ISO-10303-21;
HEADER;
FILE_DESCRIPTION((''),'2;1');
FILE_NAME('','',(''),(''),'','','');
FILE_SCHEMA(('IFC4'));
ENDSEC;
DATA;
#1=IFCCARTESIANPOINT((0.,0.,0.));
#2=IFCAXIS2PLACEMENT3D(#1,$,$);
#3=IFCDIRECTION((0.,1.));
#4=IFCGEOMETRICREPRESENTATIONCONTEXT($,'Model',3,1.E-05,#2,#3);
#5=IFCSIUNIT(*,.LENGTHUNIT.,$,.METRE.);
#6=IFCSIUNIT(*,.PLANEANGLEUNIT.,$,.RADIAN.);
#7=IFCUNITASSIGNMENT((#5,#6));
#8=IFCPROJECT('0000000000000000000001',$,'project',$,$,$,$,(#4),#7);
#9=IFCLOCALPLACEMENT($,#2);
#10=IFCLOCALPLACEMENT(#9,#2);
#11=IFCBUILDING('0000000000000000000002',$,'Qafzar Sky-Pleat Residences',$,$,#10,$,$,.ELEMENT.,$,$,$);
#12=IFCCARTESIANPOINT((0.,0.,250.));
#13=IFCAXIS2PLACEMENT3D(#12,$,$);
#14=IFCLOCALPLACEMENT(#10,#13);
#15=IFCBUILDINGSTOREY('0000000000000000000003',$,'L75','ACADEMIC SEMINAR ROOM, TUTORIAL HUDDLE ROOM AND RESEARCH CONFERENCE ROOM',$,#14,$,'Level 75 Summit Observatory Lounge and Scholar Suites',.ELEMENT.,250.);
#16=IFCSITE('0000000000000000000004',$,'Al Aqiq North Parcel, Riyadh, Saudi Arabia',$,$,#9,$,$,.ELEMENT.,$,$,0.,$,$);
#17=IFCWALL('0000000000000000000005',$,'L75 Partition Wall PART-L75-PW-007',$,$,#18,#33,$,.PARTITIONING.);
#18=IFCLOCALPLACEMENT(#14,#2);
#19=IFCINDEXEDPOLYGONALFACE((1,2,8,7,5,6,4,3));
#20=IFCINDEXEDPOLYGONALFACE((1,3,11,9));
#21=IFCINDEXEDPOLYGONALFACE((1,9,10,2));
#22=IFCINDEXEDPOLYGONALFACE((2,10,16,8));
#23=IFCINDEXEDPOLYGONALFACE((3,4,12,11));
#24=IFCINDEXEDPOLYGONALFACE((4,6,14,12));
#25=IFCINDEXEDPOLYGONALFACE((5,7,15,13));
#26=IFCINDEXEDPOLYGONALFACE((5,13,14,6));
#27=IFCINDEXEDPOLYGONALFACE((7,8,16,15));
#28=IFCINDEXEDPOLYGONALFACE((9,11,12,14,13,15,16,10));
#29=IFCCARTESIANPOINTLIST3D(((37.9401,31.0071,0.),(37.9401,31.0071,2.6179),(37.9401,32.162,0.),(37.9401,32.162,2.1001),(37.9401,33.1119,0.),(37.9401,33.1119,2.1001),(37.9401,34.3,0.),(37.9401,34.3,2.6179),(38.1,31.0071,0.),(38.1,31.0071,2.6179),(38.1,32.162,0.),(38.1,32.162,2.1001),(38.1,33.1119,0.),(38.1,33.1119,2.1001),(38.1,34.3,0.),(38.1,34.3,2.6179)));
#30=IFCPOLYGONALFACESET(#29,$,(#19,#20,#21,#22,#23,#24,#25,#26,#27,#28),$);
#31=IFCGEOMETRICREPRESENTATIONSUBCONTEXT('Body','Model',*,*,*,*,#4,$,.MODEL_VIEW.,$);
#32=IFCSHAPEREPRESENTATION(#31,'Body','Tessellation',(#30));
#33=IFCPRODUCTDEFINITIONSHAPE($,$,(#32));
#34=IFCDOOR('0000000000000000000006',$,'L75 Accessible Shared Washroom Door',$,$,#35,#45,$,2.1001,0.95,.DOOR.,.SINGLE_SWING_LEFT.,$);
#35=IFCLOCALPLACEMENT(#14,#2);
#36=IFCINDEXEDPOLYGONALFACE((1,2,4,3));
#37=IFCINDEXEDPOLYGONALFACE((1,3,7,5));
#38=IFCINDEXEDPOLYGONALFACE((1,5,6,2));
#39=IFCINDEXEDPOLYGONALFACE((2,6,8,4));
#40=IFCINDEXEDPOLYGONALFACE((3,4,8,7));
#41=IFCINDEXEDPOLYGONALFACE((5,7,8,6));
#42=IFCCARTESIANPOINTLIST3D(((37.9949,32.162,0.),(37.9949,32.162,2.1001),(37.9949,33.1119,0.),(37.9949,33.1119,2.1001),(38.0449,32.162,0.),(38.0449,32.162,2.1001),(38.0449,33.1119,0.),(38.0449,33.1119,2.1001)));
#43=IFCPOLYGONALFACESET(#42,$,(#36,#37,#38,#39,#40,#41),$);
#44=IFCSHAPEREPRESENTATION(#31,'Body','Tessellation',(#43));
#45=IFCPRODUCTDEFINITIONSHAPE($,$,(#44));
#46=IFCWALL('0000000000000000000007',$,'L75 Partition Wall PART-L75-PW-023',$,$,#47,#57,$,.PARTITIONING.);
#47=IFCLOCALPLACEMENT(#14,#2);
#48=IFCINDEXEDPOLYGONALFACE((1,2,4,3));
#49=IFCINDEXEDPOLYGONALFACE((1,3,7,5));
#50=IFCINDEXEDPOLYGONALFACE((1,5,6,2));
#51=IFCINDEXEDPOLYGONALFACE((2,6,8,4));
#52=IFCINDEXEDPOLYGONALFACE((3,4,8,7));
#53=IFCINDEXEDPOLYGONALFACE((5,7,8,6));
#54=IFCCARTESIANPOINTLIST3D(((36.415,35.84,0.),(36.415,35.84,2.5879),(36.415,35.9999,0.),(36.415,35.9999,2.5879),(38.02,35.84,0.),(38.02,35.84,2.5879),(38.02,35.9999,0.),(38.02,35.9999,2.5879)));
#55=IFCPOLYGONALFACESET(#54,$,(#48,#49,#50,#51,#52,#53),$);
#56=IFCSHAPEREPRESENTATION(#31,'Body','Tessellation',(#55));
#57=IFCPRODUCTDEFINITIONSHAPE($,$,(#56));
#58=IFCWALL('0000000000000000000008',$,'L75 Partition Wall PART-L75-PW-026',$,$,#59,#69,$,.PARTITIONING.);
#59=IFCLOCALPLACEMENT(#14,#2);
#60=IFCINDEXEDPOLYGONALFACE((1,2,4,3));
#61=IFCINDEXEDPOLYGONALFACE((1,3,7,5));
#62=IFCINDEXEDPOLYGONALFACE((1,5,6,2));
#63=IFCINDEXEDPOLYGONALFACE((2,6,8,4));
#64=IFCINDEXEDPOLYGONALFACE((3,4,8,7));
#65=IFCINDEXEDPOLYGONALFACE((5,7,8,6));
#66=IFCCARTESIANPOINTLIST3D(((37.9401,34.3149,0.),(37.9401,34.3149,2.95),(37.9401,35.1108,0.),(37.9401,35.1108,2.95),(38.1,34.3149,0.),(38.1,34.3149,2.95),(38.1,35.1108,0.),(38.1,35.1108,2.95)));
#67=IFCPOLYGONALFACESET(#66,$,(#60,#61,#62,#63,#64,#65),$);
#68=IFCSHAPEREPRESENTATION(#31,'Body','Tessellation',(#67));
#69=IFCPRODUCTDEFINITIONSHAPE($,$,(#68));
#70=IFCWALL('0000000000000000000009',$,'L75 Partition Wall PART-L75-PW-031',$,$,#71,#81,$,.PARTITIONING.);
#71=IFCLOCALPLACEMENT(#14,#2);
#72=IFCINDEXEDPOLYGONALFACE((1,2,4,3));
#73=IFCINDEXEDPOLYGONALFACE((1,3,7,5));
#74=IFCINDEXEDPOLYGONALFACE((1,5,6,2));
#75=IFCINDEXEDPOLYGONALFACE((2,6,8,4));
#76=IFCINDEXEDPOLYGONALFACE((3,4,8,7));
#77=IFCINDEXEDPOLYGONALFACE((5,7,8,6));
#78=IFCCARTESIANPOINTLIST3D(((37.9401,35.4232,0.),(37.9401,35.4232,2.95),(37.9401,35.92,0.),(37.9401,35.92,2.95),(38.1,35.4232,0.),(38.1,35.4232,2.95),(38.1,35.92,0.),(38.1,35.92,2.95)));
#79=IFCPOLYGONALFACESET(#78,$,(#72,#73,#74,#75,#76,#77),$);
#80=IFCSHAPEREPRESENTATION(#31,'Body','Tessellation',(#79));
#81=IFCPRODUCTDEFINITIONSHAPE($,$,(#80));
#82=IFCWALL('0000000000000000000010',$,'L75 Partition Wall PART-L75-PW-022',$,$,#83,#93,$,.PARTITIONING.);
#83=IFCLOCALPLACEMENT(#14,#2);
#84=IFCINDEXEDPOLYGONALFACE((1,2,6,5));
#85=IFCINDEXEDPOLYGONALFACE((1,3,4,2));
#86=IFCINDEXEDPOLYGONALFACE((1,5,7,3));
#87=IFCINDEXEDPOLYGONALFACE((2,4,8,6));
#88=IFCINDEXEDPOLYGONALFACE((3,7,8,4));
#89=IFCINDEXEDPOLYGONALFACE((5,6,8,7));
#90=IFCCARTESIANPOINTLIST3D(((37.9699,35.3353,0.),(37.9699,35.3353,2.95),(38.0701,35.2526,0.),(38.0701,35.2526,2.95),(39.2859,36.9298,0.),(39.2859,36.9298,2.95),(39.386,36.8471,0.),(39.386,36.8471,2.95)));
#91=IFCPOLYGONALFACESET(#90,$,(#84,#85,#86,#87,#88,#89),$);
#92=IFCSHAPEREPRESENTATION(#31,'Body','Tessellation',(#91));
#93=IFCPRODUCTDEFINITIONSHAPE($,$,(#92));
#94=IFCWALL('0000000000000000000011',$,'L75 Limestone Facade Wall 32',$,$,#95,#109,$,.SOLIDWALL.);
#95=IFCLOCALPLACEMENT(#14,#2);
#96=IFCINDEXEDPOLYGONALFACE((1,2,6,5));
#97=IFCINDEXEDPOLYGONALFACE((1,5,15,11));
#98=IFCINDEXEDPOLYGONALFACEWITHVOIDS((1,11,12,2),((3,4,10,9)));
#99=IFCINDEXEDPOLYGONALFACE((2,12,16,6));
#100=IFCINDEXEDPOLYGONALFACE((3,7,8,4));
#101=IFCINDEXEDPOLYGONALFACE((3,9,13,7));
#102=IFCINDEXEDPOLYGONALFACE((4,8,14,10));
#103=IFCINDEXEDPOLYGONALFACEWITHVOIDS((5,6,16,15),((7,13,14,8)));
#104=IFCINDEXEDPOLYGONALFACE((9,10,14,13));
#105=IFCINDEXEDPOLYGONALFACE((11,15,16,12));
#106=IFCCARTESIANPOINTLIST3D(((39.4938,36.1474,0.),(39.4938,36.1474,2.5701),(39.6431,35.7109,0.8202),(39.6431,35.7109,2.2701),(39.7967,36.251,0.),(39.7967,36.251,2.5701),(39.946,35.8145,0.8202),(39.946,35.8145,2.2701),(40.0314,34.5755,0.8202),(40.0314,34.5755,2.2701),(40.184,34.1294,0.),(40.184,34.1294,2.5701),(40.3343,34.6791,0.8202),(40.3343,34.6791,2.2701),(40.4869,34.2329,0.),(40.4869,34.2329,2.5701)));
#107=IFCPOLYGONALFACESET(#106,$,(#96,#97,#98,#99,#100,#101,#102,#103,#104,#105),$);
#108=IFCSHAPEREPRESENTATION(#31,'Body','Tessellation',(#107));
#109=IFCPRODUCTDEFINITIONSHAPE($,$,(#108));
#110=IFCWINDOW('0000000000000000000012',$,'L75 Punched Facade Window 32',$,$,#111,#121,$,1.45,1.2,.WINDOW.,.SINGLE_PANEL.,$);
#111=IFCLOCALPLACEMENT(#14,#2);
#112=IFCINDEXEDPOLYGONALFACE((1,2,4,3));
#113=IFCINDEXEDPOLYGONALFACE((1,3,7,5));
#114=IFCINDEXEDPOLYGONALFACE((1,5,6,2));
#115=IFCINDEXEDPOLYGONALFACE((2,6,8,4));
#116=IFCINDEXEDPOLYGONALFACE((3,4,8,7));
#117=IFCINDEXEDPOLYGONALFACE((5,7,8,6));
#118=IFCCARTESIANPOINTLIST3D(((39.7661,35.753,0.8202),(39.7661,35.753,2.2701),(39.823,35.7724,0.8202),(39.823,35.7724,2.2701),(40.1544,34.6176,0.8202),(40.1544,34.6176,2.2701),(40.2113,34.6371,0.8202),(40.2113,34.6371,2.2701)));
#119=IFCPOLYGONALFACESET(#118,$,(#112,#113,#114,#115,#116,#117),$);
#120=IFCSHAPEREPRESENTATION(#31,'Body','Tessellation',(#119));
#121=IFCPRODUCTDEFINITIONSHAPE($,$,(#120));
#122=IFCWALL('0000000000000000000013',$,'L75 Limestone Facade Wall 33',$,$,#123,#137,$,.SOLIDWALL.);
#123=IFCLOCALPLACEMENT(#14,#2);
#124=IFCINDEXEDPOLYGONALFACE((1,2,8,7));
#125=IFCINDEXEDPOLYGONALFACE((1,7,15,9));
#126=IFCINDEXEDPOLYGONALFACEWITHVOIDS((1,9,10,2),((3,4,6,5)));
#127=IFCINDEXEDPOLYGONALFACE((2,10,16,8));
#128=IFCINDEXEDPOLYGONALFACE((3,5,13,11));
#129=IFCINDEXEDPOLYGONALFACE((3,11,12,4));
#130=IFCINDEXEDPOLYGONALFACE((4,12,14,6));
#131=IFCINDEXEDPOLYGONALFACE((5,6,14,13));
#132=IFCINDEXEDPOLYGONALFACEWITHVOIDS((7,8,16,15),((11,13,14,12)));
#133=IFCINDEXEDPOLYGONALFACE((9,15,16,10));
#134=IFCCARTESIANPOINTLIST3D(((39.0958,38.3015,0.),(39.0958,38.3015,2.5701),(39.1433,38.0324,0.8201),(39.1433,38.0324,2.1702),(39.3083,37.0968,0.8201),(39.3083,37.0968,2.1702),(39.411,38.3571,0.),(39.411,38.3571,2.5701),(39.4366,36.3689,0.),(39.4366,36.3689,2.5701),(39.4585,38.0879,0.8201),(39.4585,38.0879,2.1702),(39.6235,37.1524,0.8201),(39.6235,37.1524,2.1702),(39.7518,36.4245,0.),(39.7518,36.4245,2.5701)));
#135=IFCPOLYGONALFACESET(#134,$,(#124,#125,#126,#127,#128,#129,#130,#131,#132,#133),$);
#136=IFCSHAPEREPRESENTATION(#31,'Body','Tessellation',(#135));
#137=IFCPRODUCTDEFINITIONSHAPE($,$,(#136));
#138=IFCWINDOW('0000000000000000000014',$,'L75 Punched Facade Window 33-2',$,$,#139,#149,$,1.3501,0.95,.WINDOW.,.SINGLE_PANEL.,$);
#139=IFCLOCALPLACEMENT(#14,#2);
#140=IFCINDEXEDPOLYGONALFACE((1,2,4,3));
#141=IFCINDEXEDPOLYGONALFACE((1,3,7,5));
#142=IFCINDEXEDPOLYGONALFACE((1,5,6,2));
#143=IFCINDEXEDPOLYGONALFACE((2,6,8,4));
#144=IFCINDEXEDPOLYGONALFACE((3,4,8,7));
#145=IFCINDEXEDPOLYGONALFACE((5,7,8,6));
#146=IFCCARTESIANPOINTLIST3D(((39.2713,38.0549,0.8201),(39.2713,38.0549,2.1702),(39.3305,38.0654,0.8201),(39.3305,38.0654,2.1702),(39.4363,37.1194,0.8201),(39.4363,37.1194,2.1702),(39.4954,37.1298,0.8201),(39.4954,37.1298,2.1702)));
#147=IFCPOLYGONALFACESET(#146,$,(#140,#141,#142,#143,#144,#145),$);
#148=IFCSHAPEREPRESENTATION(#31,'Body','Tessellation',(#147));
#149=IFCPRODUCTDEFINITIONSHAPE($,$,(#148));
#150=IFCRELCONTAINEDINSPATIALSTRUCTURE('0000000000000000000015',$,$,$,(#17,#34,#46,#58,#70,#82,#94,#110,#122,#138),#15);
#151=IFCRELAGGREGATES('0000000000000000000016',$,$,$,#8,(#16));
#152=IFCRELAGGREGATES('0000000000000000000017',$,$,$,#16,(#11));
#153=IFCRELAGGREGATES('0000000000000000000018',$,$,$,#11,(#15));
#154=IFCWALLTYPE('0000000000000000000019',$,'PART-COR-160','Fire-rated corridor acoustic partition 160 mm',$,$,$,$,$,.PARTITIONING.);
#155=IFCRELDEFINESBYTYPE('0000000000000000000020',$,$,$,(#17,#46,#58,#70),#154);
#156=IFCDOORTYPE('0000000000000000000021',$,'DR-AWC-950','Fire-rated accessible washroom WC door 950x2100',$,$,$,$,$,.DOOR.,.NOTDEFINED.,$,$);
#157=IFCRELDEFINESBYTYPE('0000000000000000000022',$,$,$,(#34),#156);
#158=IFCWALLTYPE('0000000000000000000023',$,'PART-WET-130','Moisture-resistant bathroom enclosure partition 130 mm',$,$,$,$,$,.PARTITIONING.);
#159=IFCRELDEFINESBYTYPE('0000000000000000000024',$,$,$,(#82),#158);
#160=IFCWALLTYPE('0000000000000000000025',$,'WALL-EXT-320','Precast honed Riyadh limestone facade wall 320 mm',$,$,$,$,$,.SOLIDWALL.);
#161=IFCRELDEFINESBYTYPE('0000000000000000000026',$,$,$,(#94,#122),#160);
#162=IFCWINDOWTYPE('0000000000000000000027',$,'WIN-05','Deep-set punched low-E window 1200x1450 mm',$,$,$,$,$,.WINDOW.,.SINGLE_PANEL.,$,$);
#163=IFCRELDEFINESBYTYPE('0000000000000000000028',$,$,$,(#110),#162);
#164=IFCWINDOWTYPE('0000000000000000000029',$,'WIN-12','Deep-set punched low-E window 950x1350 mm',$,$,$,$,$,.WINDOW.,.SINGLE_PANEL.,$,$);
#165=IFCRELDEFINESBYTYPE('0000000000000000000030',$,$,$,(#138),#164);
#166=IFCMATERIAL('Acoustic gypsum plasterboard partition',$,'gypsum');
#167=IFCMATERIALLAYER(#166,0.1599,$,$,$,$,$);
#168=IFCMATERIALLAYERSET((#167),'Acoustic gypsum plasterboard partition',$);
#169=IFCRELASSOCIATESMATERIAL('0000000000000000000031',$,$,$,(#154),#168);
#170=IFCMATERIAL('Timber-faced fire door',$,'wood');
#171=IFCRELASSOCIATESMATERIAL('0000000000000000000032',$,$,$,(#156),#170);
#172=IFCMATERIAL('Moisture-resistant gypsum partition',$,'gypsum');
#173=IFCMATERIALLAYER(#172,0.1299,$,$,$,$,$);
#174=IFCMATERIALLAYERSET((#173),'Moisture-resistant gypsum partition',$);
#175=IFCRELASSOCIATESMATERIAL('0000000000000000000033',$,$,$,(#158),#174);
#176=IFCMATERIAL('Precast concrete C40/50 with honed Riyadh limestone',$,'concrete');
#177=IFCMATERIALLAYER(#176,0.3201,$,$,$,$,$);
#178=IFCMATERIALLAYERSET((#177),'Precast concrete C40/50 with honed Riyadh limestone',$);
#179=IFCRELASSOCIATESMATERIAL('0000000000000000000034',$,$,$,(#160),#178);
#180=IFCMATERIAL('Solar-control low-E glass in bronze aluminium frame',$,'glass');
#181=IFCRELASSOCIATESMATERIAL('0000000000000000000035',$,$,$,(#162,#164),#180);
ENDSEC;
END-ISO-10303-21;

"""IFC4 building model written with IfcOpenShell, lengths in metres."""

from ifc_helpers import new_model, si_unit, direction, frame, frame_2d, origin, place, context, subcontext, project, spatial, rectangle, extrude, source, transform, mapped, material, layer, layer_set, type_object, element, fill, save


model = new_model("IFC4")

# Units and contexts
model_context = context("Model", 3, precision=1e-05, world=origin(), true_north=direction((0.0, 1.0)))
body_context = subcontext(model_context, "Body", "Model", "MODEL_VIEW")
ifc_project = project(units=[si_unit("LENGTHUNIT", "METRE"), si_unit("PLANEANGLEUNIT", "RADIAN")], contexts=[model_context])

# Site, building, storey
site_placement = place(None, origin())
site = spatial("IfcSite", under=ifc_project, at=site_placement, Name="Al Aqiq North Parcel, Riyadh, Saudi Arabia", CompositionType="ELEMENT", RefElevation=0.0)
building_placement = place(site_placement, origin())
building = spatial("IfcBuilding", under=site, at=building_placement, Name="Qafzar Sky-Pleat Residences", CompositionType="ELEMENT")
storey_placement = place(building_placement, frame((0.0, 0.0, 250.0)))
storey = spatial("IfcBuildingStorey", under=building, at=storey_placement, Name="L75", Description="ACADEMIC SEMINAR ROOM, TUTORIAL HUDDLE ROOM AND RESEARCH CONFERENCE ROOM", LongName="Level 75 Summit Observatory Lounge and Scholar Suites", CompositionType="ELEMENT", Elevation=250.0)

# Wall, opening, door
ifc_material_1 = material(Name="Acoustic gypsum plasterboard partition", Category="gypsum")
ifc_layer_1 = layer(ifc_material_1, 0.1599)
ifc_layer_set_1 = layer_set([ifc_layer_1], Name="Acoustic gypsum plasterboard partition")
wall_type_1 = type_object("IfcWallType", Name="PART-COR-160", Description="Fire-rated corridor acoustic partition 160 mm", PredefinedType="PARTITIONING", material=ifc_layer_set_1)
wall_1_placement = place(storey_placement, frame((38.02, 34.3, 0.0), z_axis=(0.0, 0.0, 1.0), x_axis=(0.0, -1.0, 0.0)))
wall_1 = element("IfcWall", 1, at=wall_1_placement, inside=storey, type_object=wall_type_1, Name="L75 Partition Wall PART-L75-PW-007", PredefinedType="PARTITIONING", context=body_context, shape_type="SweptSolid", body=[
    extrude(rectangle(XDim=3.293, YDim=0.1599, at=frame_2d((1.6465, 0.0))), origin(), (0.0, 0.0, 1.0), 2.6179),
])
opening_1_placement = place(wall_1_placement, frame((1.188, 0.0, 0.0)))
opening_1 = element("IfcOpeningElement", 2, at=opening_1_placement, cuts=wall_1, PredefinedType="OPENING", context=body_context, shape_type="SweptSolid", body=[
    extrude(rectangle(XDim=0.95, YDim=2.1001, at=frame_2d((0.4751, 1.05))), frame((0.0, 0.0898, 0.0), z_axis=(0.0, -1.0, 0.0), x_axis=(1.0, 0.0, 0.0)), (0.0, 0.0, 1.0), 0.1799),
])
ifc_material_2 = material(Name="Timber-faced fire door", Category="wood")
door_type = type_object("IfcDoorType", Name="DR-AWC-950", Description="Fire-rated accessible washroom WC door 950x2100", OperationType="NOTDEFINED", PredefinedType="DOOR", material=ifc_material_2)
shared_shape_1 = source(origin(), body_context, "Body", "SweptSolid", [
    extrude(rectangle(XDim=0.95, YDim=2.1001, at=frame_2d((0.4751, 1.05))), frame((0.0, 0.0249, 0.0), z_axis=(0.0, -1.0, 0.0), x_axis=(1.0, 0.0, 0.0)), (0.0, 0.0, 1.0), 0.05),
])
door_placement = place(opening_1_placement, origin())
door = element("IfcDoor", 3, at=door_placement, inside=storey, type_object=door_type, Name="L75 Accessible Shared Washroom Door", OperationType="SINGLE_SWING_LEFT", OverallHeight=2.1001, OverallWidth=0.95, PredefinedType="DOOR", context=body_context, shape_type="MappedRepresentation", body=[
    mapped(shared_shape_1, transform((0.0, 0.0, 0.0), x_axis=(1.0, 0.0, 0.0), y_axis=(0.0, 1.0, 0.0), z_axis=(0.0, 0.0, 1.0), scale=1.0)),
])
fill(opening_1, door)

# Walls
wall_2_placement = place(storey_placement, frame((36.415, 35.9199, 0.0), z_axis=(0.0, 0.0, 1.0), x_axis=(1.0, 0.0, 0.0)))
element("IfcWall", 4, at=wall_2_placement, inside=storey, type_object=wall_type_1, Name="L75 Partition Wall PART-L75-PW-023", PredefinedType="PARTITIONING", context=body_context, shape_type="SweptSolid", body=[
    extrude(rectangle(XDim=1.605, YDim=0.1599, at=frame_2d((0.8025, 0.0))), origin(), (0.0, 0.0, 1.0), 2.5879),
])
wall_3_placement = place(storey_placement, frame((38.02, 34.3149, 0.0), z_axis=(0.0, 0.0, 1.0), x_axis=(0.0, 1.0, 0.0)))
element("IfcWall", 5, at=wall_3_placement, inside=storey, type_object=wall_type_1, Name="L75 Partition Wall PART-L75-PW-026", PredefinedType="PARTITIONING", context=body_context, shape_type="SweptSolid", body=[
    extrude(rectangle(XDim=0.7959, YDim=0.1599, at=frame_2d((0.3979, 0.0))), origin(), (0.0, 0.0, 1.0), 2.95),
])
wall_4_placement = place(storey_placement, frame((38.02, 35.4231, 0.0), z_axis=(0.0, 0.0, 1.0), x_axis=(0.0, 1.0, 0.0)))
element("IfcWall", 6, at=wall_4_placement, inside=storey, type_object=wall_type_1, Name="L75 Partition Wall PART-L75-PW-031", PredefinedType="PARTITIONING", context=body_context, shape_type="SweptSolid", body=[
    extrude(rectangle(XDim=0.4968, YDim=0.1599, at=frame_2d((0.2485, 0.0))), origin(), (0.0, 0.0, 1.0), 2.95),
])
ifc_material_3 = material(Name="Moisture-resistant gypsum partition", Category="gypsum")
ifc_layer_2 = layer(ifc_material_3, 0.1299)
ifc_layer_set_2 = layer_set([ifc_layer_2], Name="Moisture-resistant gypsum partition")
wall_type_2 = type_object("IfcWallType", Name="PART-WET-130", Description="Moisture-resistant bathroom enclosure partition 130 mm", PredefinedType="PARTITIONING", material=ifc_layer_set_2)
wall_5_placement = place(storey_placement, frame((38.02, 35.2939, 0.0), z_axis=(0.0, 0.0, 1.0), x_axis=(0.636518, 0.771262, 0.0)))
element("IfcWall", 7, at=wall_5_placement, inside=storey, type_object=wall_type_2, Name="L75 Partition Wall PART-L75-PW-022", PredefinedType="PARTITIONING", context=body_context, shape_type="SweptSolid", body=[
    extrude(rectangle(XDim=2.0674, YDim=0.1299, at=frame_2d((1.0337, 0.0))), origin(), (0.0, 0.0, 1.0), 2.95),
])

# Walls, openings, windows
ifc_material_4 = material(Name="Precast concrete C40/50 with honed Riyadh limestone", Category="concrete")
ifc_layer_3 = layer(ifc_material_4, 0.3201)
ifc_layer_set_3 = layer_set([ifc_layer_3], Name="Precast concrete C40/50 with honed Riyadh limestone")
wall_type_3 = type_object("IfcWallType", Name="WALL-EXT-320", Description="Precast honed Riyadh limestone facade wall 320 mm", PredefinedType="SOLIDWALL", material=ifc_layer_set_3)
wall_6_placement = place(storey_placement, frame((40.3354, 34.1812, 0.0), z_axis=(0.0, 0.0, 1.0), x_axis=(-0.323601, 0.946194, 0.0)))
wall_6 = element("IfcWall", 8, at=wall_6_placement, inside=storey, type_object=wall_type_3, Name="L75 Limestone Facade Wall 32", PredefinedType="SOLIDWALL", context=body_context, shape_type="SweptSolid", body=[
    extrude(rectangle(XDim=2.1328, YDim=0.3201, at=frame_2d((1.0664, 0.0))), origin(), (0.0, 0.0, 1.0), 2.5701),
])
opening_2_placement = place(wall_6_placement, frame((0.4714, 0.0, 0.8201)))
opening_2 = element("IfcOpeningElement", 9, at=opening_2_placement, cuts=wall_6, PredefinedType="OPENING", context=body_context, shape_type="SweptSolid", body=[
    extrude(rectangle(XDim=1.2, YDim=1.45, at=frame_2d((0.6001, 0.7251))), frame((0.0, 0.1699, 0.0), z_axis=(0.0, -1.0, 0.0), x_axis=(1.0, 0.0, 0.0)), (0.0, 0.0, 1.0), 0.3401),
])
ifc_material_5 = material(Name="Solar-control low-E glass in bronze aluminium frame", Category="glass")
window_type_1 = type_object("IfcWindowType", Name="WIN-05", Description="Deep-set punched low-E window 1200x1450 mm", PartitioningType="SINGLE_PANEL", PredefinedType="WINDOW", material=ifc_material_5)
shared_shape_2 = source(origin(), body_context, "Body", "SweptSolid", [
    extrude(rectangle(XDim=1.2, YDim=1.45, at=frame_2d((0.6001, 0.7251))), frame((0.0, 0.03, 0.0), z_axis=(0.0, -1.0, 0.0), x_axis=(1.0, 0.0, 0.0)), (0.0, 0.0, 1.0), 0.0601),
])
window_1_placement = place(opening_2_placement, origin())
window_1 = element("IfcWindow", 10, at=window_1_placement, inside=storey, type_object=window_type_1, Name="L75 Punched Facade Window 32", OverallHeight=1.45, OverallWidth=1.2, PartitioningType="SINGLE_PANEL", PredefinedType="WINDOW", context=body_context, shape_type="MappedRepresentation", body=[
    mapped(shared_shape_2, transform((0.0, 0.0, 0.0), x_axis=(1.0, 0.0, 0.0), y_axis=(0.0, 1.0, 0.0), z_axis=(0.0, 0.0, 1.0), scale=1.0)),
])
fill(opening_2, window_1)
wall_7_placement = place(storey_placement, frame((39.5942, 36.3967, 0.0), z_axis=(0.0, 0.0, 1.0), x_axis=(-0.173672, 0.984804, 0.0)))
wall_7 = element("IfcWall", 11, at=wall_7_placement, inside=storey, type_object=wall_type_3, Name="L75 Limestone Facade Wall 33", PredefinedType="SOLIDWALL", context=body_context, shape_type="SweptSolid", body=[
    extrude(rectangle(XDim=1.9624, YDim=0.3201, at=frame_2d((0.9812, 0.0))), origin(), (0.0, 0.0, 1.0), 2.5701),
])
opening_3_placement = place(wall_7_placement, frame((0.739, 0.0, 0.8201)))
opening_3 = element("IfcOpeningElement", 12, at=opening_3_placement, cuts=wall_7, PredefinedType="OPENING", context=body_context, shape_type="SweptSolid", body=[
    extrude(rectangle(XDim=0.95, YDim=1.3501, at=frame_2d((0.4751, 0.675))), frame((0.0, 0.1699, 0.0), z_axis=(0.0, -1.0, 0.0), x_axis=(1.0, 0.0, 0.0)), (0.0, 0.0, 1.0), 0.3401),
])
window_type_2 = type_object("IfcWindowType", Name="WIN-12", Description="Deep-set punched low-E window 950x1350 mm", PartitioningType="SINGLE_PANEL", PredefinedType="WINDOW", material=ifc_material_5)
shared_shape_3 = source(origin(), body_context, "Body", "SweptSolid", [
    extrude(rectangle(XDim=0.95, YDim=1.3501, at=frame_2d((0.4751, 0.675))), frame((0.0, 0.03, 0.0), z_axis=(0.0, -1.0, 0.0), x_axis=(1.0, 0.0, 0.0)), (0.0, 0.0, 1.0), 0.0601),
])
window_2_placement = place(opening_3_placement, origin())
window_2 = element("IfcWindow", 13, at=window_2_placement, inside=storey, type_object=window_type_2, Name="L75 Punched Facade Window 33-2", OverallHeight=1.3501, OverallWidth=0.95, PartitioningType="SINGLE_PANEL", PredefinedType="WINDOW", context=body_context, shape_type="MappedRepresentation", body=[
    mapped(shared_shape_3, transform((0.0, 0.0, 0.0), x_axis=(1.0, 0.0, 0.0), y_axis=(0.0, 1.0, 0.0), z_axis=(0.0, 0.0, 1.0), scale=1.0)),
])
fill(opening_3, window_2)

save(model, "model.ifc")
